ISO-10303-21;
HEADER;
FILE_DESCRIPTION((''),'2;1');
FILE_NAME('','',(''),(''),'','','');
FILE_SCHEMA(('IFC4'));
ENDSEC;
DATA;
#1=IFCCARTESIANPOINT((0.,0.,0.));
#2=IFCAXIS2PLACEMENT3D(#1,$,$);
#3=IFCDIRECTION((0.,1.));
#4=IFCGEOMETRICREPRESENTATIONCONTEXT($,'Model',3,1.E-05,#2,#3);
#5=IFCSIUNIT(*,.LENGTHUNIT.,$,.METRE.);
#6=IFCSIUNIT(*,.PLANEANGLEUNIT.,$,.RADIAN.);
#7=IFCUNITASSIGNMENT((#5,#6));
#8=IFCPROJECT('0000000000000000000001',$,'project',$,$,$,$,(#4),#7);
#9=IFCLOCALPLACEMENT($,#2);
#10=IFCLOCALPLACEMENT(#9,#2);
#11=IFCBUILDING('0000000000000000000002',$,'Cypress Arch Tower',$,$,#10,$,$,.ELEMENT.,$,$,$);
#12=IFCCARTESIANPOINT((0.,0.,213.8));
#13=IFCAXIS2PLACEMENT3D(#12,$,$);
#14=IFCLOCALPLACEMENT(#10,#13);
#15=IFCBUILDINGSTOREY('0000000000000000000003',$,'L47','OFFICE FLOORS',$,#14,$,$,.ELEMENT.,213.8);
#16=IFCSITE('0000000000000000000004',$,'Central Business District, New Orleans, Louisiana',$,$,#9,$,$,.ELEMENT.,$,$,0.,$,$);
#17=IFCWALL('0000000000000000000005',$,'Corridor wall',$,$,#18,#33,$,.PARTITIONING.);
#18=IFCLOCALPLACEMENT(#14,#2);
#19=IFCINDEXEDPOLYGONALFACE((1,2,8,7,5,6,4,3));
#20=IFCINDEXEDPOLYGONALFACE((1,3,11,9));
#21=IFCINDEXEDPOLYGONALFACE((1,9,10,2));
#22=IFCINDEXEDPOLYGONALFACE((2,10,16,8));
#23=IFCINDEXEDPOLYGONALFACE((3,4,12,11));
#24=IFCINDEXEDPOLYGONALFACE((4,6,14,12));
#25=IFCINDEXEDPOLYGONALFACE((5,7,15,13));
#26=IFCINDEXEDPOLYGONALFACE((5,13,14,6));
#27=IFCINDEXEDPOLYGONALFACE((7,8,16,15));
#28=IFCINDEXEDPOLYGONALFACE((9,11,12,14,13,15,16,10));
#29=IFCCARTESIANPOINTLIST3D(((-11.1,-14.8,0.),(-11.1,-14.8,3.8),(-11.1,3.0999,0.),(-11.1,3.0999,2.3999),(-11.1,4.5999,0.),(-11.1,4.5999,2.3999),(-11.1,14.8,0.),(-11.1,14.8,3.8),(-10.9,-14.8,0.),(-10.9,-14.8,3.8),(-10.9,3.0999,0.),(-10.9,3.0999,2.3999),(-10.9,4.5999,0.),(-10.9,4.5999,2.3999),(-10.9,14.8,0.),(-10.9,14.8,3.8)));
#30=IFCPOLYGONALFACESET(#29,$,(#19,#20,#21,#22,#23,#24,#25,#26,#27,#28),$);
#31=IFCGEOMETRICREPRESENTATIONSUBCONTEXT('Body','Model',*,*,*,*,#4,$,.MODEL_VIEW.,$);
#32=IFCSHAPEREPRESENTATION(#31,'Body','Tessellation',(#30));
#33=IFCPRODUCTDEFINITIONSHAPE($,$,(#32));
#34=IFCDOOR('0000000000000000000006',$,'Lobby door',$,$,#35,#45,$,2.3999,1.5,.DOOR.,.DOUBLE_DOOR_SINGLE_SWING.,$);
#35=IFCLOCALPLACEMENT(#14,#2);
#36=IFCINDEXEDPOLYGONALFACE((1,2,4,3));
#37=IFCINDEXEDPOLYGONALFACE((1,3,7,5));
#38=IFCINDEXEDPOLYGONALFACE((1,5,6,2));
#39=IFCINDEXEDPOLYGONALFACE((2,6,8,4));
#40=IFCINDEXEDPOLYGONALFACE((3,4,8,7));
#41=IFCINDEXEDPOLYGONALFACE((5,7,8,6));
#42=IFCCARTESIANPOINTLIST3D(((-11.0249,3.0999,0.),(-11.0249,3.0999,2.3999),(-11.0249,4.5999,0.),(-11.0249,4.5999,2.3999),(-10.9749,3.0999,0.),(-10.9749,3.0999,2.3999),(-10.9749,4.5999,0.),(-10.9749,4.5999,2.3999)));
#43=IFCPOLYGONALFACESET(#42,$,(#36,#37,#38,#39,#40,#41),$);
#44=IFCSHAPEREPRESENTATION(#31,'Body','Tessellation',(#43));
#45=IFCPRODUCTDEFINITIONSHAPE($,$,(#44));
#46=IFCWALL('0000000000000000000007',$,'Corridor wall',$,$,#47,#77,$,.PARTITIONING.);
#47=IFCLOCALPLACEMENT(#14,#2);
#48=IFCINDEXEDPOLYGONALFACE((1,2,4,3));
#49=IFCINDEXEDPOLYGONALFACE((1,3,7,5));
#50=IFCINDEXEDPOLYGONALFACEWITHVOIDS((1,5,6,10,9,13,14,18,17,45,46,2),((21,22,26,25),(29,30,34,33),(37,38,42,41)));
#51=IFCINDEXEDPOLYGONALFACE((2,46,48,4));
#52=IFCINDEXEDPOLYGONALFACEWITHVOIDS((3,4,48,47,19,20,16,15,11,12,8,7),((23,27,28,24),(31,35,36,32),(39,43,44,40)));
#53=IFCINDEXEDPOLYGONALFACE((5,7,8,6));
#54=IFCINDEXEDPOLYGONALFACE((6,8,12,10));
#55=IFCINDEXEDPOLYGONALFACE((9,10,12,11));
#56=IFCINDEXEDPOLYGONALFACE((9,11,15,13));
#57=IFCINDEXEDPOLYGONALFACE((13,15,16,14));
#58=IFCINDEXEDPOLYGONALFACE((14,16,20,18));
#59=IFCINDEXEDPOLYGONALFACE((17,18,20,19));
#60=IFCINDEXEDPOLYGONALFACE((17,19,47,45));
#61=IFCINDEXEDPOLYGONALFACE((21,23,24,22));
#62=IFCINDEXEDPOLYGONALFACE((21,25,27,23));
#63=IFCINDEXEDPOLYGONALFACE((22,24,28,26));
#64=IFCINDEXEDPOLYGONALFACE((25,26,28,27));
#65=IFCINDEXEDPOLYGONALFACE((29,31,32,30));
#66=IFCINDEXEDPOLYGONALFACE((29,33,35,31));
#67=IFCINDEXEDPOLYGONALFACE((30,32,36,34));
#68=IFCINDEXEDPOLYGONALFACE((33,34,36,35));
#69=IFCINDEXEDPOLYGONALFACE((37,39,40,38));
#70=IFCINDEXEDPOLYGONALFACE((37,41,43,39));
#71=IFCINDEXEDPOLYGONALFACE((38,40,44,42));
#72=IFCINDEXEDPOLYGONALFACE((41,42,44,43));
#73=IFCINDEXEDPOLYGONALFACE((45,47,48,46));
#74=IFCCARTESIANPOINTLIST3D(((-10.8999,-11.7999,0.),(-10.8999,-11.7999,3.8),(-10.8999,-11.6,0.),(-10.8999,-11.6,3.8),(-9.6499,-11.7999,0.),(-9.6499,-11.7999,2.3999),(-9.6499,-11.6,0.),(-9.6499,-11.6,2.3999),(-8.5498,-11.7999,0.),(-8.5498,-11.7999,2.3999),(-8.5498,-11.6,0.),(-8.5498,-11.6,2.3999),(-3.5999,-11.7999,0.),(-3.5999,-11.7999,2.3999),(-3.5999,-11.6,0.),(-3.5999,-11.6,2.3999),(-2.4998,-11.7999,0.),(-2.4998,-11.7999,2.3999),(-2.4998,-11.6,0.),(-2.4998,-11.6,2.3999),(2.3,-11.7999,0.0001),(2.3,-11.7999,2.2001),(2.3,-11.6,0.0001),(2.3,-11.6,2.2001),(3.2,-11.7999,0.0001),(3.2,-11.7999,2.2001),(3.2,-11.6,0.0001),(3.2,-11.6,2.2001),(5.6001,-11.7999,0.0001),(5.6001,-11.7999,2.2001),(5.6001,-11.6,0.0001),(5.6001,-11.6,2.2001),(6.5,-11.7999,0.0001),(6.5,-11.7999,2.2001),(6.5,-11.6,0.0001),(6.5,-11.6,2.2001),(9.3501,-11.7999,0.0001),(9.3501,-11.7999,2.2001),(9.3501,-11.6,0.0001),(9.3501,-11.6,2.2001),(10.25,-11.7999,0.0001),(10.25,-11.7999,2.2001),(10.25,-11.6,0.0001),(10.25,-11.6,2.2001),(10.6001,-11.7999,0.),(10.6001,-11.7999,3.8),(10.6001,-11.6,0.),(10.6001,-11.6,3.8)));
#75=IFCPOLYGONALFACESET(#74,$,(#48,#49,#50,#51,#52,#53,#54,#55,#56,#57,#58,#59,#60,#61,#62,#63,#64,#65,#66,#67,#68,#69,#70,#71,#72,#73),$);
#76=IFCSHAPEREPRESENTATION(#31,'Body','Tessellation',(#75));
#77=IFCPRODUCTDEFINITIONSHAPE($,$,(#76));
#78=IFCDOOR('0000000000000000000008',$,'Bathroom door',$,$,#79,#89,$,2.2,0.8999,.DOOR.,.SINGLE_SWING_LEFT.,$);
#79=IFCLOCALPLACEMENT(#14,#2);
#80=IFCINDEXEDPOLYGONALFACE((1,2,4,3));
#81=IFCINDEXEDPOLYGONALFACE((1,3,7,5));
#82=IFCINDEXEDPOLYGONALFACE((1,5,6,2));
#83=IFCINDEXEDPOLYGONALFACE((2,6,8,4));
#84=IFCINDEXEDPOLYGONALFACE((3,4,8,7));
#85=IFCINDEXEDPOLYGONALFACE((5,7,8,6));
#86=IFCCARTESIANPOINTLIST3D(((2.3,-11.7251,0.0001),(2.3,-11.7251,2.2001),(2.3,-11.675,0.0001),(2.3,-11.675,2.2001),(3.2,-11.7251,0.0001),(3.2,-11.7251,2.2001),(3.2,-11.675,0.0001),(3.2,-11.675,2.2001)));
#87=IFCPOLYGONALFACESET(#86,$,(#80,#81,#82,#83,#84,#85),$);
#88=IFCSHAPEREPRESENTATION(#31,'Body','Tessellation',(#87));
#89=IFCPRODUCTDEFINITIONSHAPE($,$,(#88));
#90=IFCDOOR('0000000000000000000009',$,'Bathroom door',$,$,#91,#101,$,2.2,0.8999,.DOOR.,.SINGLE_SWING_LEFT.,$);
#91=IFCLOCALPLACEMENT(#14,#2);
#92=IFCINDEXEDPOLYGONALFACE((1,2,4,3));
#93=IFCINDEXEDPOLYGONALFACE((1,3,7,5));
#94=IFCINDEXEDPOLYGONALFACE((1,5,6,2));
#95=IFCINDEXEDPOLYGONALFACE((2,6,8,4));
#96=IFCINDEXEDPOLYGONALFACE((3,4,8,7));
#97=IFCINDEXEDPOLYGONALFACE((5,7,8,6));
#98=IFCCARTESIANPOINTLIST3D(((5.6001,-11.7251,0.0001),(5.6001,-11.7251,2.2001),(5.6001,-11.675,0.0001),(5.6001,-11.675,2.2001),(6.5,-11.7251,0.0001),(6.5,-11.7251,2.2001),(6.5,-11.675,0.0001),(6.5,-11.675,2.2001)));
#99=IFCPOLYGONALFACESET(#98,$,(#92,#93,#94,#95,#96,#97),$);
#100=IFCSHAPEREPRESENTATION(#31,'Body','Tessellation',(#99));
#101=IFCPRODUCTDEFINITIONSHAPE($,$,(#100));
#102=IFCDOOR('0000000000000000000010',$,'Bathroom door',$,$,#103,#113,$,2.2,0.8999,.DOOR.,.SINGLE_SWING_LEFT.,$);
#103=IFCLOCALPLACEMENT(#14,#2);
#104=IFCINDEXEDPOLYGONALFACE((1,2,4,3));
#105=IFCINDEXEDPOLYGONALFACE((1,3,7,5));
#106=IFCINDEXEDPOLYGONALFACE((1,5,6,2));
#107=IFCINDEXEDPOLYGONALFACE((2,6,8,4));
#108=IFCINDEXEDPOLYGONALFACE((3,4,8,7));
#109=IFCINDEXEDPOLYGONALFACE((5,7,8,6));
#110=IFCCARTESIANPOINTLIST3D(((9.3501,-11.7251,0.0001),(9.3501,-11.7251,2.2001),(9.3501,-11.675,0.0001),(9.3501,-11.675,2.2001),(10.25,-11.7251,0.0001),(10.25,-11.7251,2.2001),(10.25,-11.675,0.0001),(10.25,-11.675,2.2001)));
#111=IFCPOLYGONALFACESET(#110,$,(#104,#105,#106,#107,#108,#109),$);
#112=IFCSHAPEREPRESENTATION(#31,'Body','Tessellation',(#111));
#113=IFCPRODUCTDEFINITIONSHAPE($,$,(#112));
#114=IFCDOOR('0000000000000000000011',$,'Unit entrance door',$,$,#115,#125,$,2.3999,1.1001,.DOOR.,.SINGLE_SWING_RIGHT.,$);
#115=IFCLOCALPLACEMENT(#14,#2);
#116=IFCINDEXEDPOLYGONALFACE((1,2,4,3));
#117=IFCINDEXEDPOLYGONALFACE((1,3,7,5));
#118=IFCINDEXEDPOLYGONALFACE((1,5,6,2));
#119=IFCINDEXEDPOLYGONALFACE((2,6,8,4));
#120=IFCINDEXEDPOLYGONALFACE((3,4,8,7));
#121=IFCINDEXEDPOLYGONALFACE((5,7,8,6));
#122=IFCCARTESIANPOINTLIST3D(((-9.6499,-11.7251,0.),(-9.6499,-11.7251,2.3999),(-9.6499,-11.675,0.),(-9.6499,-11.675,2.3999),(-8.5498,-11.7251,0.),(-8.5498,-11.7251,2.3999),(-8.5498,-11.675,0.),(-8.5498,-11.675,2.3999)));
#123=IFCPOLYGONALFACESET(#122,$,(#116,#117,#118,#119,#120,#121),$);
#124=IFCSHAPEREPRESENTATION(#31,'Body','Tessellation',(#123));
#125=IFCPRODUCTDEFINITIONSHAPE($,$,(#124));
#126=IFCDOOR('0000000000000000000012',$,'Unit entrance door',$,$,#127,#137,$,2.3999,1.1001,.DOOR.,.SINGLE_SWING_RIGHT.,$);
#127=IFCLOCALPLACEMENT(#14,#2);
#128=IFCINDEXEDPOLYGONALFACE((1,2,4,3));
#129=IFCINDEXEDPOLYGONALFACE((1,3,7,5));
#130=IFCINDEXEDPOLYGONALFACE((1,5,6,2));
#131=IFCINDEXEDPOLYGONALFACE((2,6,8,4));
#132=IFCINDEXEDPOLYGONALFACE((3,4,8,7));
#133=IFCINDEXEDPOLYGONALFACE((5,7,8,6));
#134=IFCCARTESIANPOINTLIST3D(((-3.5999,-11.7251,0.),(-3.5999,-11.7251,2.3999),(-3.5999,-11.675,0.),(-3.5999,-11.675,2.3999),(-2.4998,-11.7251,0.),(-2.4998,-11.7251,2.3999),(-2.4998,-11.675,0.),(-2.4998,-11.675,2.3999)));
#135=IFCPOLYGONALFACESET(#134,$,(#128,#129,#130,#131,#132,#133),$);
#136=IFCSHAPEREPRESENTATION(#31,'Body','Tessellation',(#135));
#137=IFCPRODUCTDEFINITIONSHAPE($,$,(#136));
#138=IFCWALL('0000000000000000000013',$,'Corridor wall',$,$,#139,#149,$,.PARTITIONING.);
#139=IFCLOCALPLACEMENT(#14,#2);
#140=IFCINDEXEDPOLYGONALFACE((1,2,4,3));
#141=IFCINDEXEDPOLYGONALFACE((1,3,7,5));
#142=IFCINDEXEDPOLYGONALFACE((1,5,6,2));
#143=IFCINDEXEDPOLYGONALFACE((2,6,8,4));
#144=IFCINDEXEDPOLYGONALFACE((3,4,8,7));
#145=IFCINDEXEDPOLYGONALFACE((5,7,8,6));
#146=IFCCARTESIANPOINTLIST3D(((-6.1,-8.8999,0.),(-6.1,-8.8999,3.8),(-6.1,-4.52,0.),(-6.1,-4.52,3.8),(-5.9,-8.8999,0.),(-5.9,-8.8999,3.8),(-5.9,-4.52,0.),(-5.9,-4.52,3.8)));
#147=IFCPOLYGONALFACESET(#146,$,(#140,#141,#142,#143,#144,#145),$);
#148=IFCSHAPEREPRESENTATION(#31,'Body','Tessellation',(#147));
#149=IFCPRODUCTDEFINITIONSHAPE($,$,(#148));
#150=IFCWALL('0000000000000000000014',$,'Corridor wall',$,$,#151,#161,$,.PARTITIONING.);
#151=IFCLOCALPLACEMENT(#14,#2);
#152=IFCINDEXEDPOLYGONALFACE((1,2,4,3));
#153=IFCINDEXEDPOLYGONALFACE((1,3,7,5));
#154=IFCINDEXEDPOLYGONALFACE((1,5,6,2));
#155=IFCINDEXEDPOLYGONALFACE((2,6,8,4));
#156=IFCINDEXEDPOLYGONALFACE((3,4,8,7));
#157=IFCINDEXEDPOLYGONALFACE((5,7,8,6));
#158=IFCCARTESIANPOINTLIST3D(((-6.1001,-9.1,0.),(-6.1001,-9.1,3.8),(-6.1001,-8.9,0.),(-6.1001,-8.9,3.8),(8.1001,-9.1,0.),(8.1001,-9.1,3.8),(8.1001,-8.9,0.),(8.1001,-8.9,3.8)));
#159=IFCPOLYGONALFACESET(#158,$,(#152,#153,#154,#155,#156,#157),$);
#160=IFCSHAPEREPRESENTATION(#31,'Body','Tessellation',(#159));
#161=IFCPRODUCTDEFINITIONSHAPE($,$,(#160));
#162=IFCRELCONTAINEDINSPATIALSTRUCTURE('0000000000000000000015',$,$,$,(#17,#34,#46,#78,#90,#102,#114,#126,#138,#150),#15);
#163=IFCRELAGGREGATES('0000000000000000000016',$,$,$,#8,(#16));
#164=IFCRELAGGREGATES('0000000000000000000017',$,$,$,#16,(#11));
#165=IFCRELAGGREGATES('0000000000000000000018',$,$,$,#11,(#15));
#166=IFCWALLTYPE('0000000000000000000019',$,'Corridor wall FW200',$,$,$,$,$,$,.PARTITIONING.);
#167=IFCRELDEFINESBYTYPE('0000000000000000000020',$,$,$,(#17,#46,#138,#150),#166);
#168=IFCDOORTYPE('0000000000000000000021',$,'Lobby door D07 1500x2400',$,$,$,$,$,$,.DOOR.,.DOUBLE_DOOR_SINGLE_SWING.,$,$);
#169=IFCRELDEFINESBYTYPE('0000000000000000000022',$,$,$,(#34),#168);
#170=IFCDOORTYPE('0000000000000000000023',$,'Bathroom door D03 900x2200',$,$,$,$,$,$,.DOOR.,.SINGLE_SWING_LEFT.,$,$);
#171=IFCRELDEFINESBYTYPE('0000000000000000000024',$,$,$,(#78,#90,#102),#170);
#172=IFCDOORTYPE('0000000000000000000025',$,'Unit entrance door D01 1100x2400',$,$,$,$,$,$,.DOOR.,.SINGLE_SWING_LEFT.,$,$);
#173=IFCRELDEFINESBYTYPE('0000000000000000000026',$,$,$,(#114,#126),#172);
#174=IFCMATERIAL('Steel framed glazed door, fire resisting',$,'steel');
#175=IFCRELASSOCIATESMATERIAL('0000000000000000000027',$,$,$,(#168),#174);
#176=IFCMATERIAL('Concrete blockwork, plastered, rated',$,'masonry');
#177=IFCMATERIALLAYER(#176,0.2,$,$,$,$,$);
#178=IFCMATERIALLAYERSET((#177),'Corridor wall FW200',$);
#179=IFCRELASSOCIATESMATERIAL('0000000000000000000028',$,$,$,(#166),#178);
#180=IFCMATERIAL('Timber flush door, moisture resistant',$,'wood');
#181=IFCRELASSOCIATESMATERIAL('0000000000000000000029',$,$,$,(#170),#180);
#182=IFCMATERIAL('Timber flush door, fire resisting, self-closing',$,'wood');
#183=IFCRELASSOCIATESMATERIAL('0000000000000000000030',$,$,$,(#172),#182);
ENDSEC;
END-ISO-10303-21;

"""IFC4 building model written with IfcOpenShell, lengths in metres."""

from ifc_helpers import new_model, si_unit, direction, frame, frame_2d, origin, place, context, subcontext, project, spatial, rectangle, extrude, material, layer, layer_set, type_object, element, fill, save


model = new_model("IFC4")

# Units and contexts
model_context = context("Model", 3, precision=1e-05, world=origin(), true_north=direction((0.0, 1.0)))
body_context = subcontext(model_context, "Body", "Model", "MODEL_VIEW")
ifc_project = project(units=[si_unit("LENGTHUNIT", "METRE"), si_unit("PLANEANGLEUNIT", "RADIAN")], contexts=[model_context])

# Site, building, storey
site_placement = place(None, origin())
site = spatial("IfcSite", under=ifc_project, at=site_placement, Name="Central Business District, New Orleans, Louisiana", CompositionType="ELEMENT", RefElevation=0.0)
building_placement = place(site_placement, origin())
building = spatial("IfcBuilding", under=site, at=building_placement, Name="Cypress Arch Tower", CompositionType="ELEMENT")
storey_placement = place(building_placement, frame((0.0, 0.0, 213.8)))
storey = spatial("IfcBuildingStorey", under=building, at=storey_placement, Name="L47", Description="OFFICE FLOORS", CompositionType="ELEMENT", Elevation=213.8)

# Shared definitions
ifc_material_1 = material(Name="Steel framed glazed door, fire resisting", Category="steel")
door_type_1 = type_object("IfcDoorType", Name="Lobby door D07 1500x2400", OperationType="DOUBLE_DOOR_SINGLE_SWING", PredefinedType="DOOR", material=ifc_material_1)

# Shared definitions
ifc_material_2 = material(Name="Concrete blockwork, plastered, rated", Category="masonry")
ifc_layer_1 = layer(ifc_material_2, 0.2)
ifc_layer_set_1 = layer_set([ifc_layer_1], Name="Corridor wall FW200")
wall_type_1 = type_object("IfcWallType", Name="Corridor wall FW200", PredefinedType="PARTITIONING", material=ifc_layer_set_1)

# Wall, opening, door
wall_1_placement = place(storey_placement, frame((-11.0, -14.8, 0.0), z_axis=(0.0, 0.0, 1.0), x_axis=(0.0, 1.0, 0.0)))
wall_1 = element("IfcWall", 1, at=wall_1_placement, inside=storey, type_object=wall_type_1, Name="Corridor wall", PredefinedType="PARTITIONING", context=body_context, shape_type="SweptSolid", body=[
    extrude(rectangle(XDim=29.6001, YDim=0.2, at=frame_2d((14.8, 0.0))), origin(), (0.0, 0.0, 1.0), 3.8),
])
opening_1_placement = place(wall_1_placement, frame((17.8999, 0.0, 0.0)))
opening_1 = element("IfcOpeningElement", 2, at=opening_1_placement, cuts=wall_1, PredefinedType="OPENING", context=body_context, shape_type="SweptSolid", body=[
    extrude(rectangle(XDim=1.5, YDim=2.3999, at=frame_2d((0.75, 1.2))), frame((0.0, 0.1099, 0.0), z_axis=(0.0, -1.0, 0.0), x_axis=(1.0, 0.0, 0.0)), (0.0, 0.0, 1.0), 0.22),
])
door_1_placement = place(opening_1_placement, origin())
door_1 = element("IfcDoor", 3, at=door_1_placement, inside=storey, type_object=door_type_1, Name="Lobby door", OperationType="DOUBLE_DOOR_SINGLE_SWING", OverallHeight=2.3999, OverallWidth=1.5, PredefinedType="DOOR", context=body_context, shape_type="SweptSolid", body=[
    extrude(rectangle(XDim=1.5, YDim=2.3999, at=frame_2d((0.75, 1.2))), frame((0.0, 0.0249, 0.0), z_axis=(0.0, -1.0, 0.0), x_axis=(1.0, 0.0, 0.0)), (0.0, 0.0, 1.0), 0.05),
])
fill(opening_1, door_1)

# Wall, openings, doors
wall_2_placement = place(storey_placement, frame((-10.8999, -11.7, 0.0), z_axis=(0.0, 0.0, 1.0), x_axis=(1.0, 0.0, 0.0)))
wall_2 = element("IfcWall", 4, at=wall_2_placement, inside=storey, type_object=wall_type_1, Name="Corridor wall", PredefinedType="PARTITIONING", context=body_context, shape_type="SweptSolid", body=[
    extrude(rectangle(XDim=21.5, YDim=0.2, at=frame_2d((10.75, 0.0))), origin(), (0.0, 0.0, 1.0), 3.8),
])
opening_2_placement = place(wall_2_placement, frame((13.2, 0.0, 0.0)))
opening_2 = element("IfcOpeningElement", 5, at=opening_2_placement, cuts=wall_2, PredefinedType="OPENING", context=body_context, shape_type="SweptSolid", body=[
    extrude(rectangle(XDim=0.8999, YDim=2.2, at=frame_2d((0.45, 1.1001))), frame((0.0, 0.1099, 0.0), z_axis=(0.0, -1.0, 0.0), x_axis=(1.0, 0.0, 0.0)), (0.0, 0.0, 1.0), 0.22),
])
opening_3_placement = place(wall_2_placement, frame((16.5, 0.0, 0.0)))
opening_3 = element("IfcOpeningElement", 6, at=opening_3_placement, cuts=wall_2, PredefinedType="OPENING", context=body_context, shape_type="SweptSolid", body=[
    extrude(rectangle(XDim=0.8999, YDim=2.2, at=frame_2d((0.45, 1.1001))), frame((0.0, 0.1099, 0.0), z_axis=(0.0, -1.0, 0.0), x_axis=(1.0, 0.0, 0.0)), (0.0, 0.0, 1.0), 0.22),
])
opening_4_placement = place(wall_2_placement, frame((20.25, 0.0, 0.0)))
opening_4 = element("IfcOpeningElement", 7, at=opening_4_placement, cuts=wall_2, PredefinedType="OPENING", context=body_context, shape_type="SweptSolid", body=[
    extrude(rectangle(XDim=0.8999, YDim=2.2, at=frame_2d((0.45, 1.1001))), frame((0.0, 0.1099, 0.0), z_axis=(0.0, -1.0, 0.0), x_axis=(1.0, 0.0, 0.0)), (0.0, 0.0, 1.0), 0.22),
])
opening_5_placement = place(wall_2_placement, frame((1.25, 0.0, 0.0)))
opening_5 = element("IfcOpeningElement", 8, at=opening_5_placement, cuts=wall_2, PredefinedType="OPENING", context=body_context, shape_type="SweptSolid", body=[
    extrude(rectangle(XDim=1.1001, YDim=2.3999, at=frame_2d((0.55, 1.2))), frame((0.0, 0.1099, 0.0), z_axis=(0.0, -1.0, 0.0), x_axis=(1.0, 0.0, 0.0)), (0.0, 0.0, 1.0), 0.22),
])
opening_6_placement = place(wall_2_placement, frame((7.3, 0.0, 0.0)))
opening_6 = element("IfcOpeningElement", 9, at=opening_6_placement, cuts=wall_2, PredefinedType="OPENING", context=body_context, shape_type="SweptSolid", body=[
    extrude(rectangle(XDim=1.1001, YDim=2.3999, at=frame_2d((0.55, 1.2))), frame((0.0, 0.1099, 0.0), z_axis=(0.0, -1.0, 0.0), x_axis=(1.0, 0.0, 0.0)), (0.0, 0.0, 1.0), 0.22),
])
ifc_material_3 = material(Name="Timber flush door, moisture resistant", Category="wood")
door_type_2 = type_object("IfcDoorType", Name="Bathroom door D03 900x2200", OperationType="SINGLE_SWING_LEFT", PredefinedType="DOOR", material=ifc_material_3)
door_2_placement = place(opening_2_placement, origin())
door_2 = element("IfcDoor", 10, at=door_2_placement, inside=storey, type_object=door_type_2, Name="Bathroom door", OperationType="SINGLE_SWING_LEFT", OverallHeight=2.2, OverallWidth=0.8999, PredefinedType="DOOR", context=body_context, shape_type="SweptSolid", body=[
    extrude(rectangle(XDim=0.8999, YDim=2.2, at=frame_2d((0.45, 1.1001))), frame((0.0, 0.0249, 0.0), z_axis=(0.0, -1.0, 0.0), x_axis=(1.0, 0.0, 0.0)), (0.0, 0.0, 1.0), 0.05),
])
fill(opening_2, door_2)
door_3_placement = place(opening_3_placement, origin())
door_3 = element("IfcDoor", 11, at=door_3_placement, inside=storey, type_object=door_type_2, Name="Bathroom door", OperationType="SINGLE_SWING_LEFT", OverallHeight=2.2, OverallWidth=0.8999, PredefinedType="DOOR", context=body_context, shape_type="SweptSolid", body=[
    extrude(rectangle(XDim=0.8999, YDim=2.2, at=frame_2d((0.45, 1.1001))), frame((0.0, 0.0249, 0.0), z_axis=(0.0, -1.0, 0.0), x_axis=(1.0, 0.0, 0.0)), (0.0, 0.0, 1.0), 0.05),
])
fill(opening_3, door_3)
door_4_placement = place(opening_4_placement, origin())
door_4 = element("IfcDoor", 12, at=door_4_placement, inside=storey, type_object=door_type_2, Name="Bathroom door", OperationType="SINGLE_SWING_LEFT", OverallHeight=2.2, OverallWidth=0.8999, PredefinedType="DOOR", context=body_context, shape_type="SweptSolid", body=[
    extrude(rectangle(XDim=0.8999, YDim=2.2, at=frame_2d((0.45, 1.1001))), frame((0.0, 0.0249, 0.0), z_axis=(0.0, -1.0, 0.0), x_axis=(1.0, 0.0, 0.0)), (0.0, 0.0, 1.0), 0.05),
])
fill(opening_4, door_4)
ifc_material_4 = material(Name="Timber flush door, fire resisting, self-closing", Category="wood")
door_type_3 = type_object("IfcDoorType", Name="Unit entrance door D01 1100x2400", OperationType="SINGLE_SWING_LEFT", PredefinedType="DOOR", material=ifc_material_4)
door_5_placement = place(opening_5_placement, origin())
door_5 = element("IfcDoor", 13, at=door_5_placement, inside=storey, type_object=door_type_3, Name="Unit entrance door", OperationType="SINGLE_SWING_RIGHT", OverallHeight=2.3999, OverallWidth=1.1001, PredefinedType="DOOR", context=body_context, shape_type="SweptSolid", body=[
    extrude(rectangle(XDim=1.1001, YDim=2.3999, at=frame_2d((0.55, 1.2))), frame((0.0, 0.0249, 0.0), z_axis=(0.0, -1.0, 0.0), x_axis=(1.0, 0.0, 0.0)), (0.0, 0.0, 1.0), 0.05),
])
fill(opening_5, door_5)
door_6_placement = place(opening_6_placement, origin())
door_6 = element("IfcDoor", 14, at=door_6_placement, inside=storey, type_object=door_type_3, Name="Unit entrance door", OperationType="SINGLE_SWING_RIGHT", OverallHeight=2.3999, OverallWidth=1.1001, PredefinedType="DOOR", context=body_context, shape_type="SweptSolid", body=[
    extrude(rectangle(XDim=1.1001, YDim=2.3999, at=frame_2d((0.55, 1.2))), frame((0.0, 0.0249, 0.0), z_axis=(0.0, -1.0, 0.0), x_axis=(1.0, 0.0, 0.0)), (0.0, 0.0, 1.0), 0.05),
])
fill(opening_6, door_6)

# Walls
wall_3_placement = place(storey_placement, frame((-6.0, -8.8999, 0.0), z_axis=(0.0, 0.0, 1.0), x_axis=(0.0, 1.0, 0.0)))
element("IfcWall", 15, at=wall_3_placement, inside=storey, type_object=wall_type_1, Name="Corridor wall", PredefinedType="PARTITIONING", context=body_context, shape_type="SweptSolid", body=[
    extrude(rectangle(XDim=4.3799, YDim=0.2, at=frame_2d((2.1899, 0.0))), origin(), (0.0, 0.0, 1.0), 3.8),
])
wall_4_placement = place(storey_placement, frame((-6.1001, -9.0, 0.0), z_axis=(0.0, 0.0, 1.0), x_axis=(1.0, 0.0, 0.0)))
element("IfcWall", 16, at=wall_4_placement, inside=storey, type_object=wall_type_1, Name="Corridor wall", PredefinedType="PARTITIONING", context=body_context, shape_type="SweptSolid", body=[
    extrude(rectangle(XDim=14.2002, YDim=0.2, at=frame_2d((7.1001, 0.0))), origin(), (0.0, 0.0, 1.0), 3.8),
])

save(model, "model.ifc")
